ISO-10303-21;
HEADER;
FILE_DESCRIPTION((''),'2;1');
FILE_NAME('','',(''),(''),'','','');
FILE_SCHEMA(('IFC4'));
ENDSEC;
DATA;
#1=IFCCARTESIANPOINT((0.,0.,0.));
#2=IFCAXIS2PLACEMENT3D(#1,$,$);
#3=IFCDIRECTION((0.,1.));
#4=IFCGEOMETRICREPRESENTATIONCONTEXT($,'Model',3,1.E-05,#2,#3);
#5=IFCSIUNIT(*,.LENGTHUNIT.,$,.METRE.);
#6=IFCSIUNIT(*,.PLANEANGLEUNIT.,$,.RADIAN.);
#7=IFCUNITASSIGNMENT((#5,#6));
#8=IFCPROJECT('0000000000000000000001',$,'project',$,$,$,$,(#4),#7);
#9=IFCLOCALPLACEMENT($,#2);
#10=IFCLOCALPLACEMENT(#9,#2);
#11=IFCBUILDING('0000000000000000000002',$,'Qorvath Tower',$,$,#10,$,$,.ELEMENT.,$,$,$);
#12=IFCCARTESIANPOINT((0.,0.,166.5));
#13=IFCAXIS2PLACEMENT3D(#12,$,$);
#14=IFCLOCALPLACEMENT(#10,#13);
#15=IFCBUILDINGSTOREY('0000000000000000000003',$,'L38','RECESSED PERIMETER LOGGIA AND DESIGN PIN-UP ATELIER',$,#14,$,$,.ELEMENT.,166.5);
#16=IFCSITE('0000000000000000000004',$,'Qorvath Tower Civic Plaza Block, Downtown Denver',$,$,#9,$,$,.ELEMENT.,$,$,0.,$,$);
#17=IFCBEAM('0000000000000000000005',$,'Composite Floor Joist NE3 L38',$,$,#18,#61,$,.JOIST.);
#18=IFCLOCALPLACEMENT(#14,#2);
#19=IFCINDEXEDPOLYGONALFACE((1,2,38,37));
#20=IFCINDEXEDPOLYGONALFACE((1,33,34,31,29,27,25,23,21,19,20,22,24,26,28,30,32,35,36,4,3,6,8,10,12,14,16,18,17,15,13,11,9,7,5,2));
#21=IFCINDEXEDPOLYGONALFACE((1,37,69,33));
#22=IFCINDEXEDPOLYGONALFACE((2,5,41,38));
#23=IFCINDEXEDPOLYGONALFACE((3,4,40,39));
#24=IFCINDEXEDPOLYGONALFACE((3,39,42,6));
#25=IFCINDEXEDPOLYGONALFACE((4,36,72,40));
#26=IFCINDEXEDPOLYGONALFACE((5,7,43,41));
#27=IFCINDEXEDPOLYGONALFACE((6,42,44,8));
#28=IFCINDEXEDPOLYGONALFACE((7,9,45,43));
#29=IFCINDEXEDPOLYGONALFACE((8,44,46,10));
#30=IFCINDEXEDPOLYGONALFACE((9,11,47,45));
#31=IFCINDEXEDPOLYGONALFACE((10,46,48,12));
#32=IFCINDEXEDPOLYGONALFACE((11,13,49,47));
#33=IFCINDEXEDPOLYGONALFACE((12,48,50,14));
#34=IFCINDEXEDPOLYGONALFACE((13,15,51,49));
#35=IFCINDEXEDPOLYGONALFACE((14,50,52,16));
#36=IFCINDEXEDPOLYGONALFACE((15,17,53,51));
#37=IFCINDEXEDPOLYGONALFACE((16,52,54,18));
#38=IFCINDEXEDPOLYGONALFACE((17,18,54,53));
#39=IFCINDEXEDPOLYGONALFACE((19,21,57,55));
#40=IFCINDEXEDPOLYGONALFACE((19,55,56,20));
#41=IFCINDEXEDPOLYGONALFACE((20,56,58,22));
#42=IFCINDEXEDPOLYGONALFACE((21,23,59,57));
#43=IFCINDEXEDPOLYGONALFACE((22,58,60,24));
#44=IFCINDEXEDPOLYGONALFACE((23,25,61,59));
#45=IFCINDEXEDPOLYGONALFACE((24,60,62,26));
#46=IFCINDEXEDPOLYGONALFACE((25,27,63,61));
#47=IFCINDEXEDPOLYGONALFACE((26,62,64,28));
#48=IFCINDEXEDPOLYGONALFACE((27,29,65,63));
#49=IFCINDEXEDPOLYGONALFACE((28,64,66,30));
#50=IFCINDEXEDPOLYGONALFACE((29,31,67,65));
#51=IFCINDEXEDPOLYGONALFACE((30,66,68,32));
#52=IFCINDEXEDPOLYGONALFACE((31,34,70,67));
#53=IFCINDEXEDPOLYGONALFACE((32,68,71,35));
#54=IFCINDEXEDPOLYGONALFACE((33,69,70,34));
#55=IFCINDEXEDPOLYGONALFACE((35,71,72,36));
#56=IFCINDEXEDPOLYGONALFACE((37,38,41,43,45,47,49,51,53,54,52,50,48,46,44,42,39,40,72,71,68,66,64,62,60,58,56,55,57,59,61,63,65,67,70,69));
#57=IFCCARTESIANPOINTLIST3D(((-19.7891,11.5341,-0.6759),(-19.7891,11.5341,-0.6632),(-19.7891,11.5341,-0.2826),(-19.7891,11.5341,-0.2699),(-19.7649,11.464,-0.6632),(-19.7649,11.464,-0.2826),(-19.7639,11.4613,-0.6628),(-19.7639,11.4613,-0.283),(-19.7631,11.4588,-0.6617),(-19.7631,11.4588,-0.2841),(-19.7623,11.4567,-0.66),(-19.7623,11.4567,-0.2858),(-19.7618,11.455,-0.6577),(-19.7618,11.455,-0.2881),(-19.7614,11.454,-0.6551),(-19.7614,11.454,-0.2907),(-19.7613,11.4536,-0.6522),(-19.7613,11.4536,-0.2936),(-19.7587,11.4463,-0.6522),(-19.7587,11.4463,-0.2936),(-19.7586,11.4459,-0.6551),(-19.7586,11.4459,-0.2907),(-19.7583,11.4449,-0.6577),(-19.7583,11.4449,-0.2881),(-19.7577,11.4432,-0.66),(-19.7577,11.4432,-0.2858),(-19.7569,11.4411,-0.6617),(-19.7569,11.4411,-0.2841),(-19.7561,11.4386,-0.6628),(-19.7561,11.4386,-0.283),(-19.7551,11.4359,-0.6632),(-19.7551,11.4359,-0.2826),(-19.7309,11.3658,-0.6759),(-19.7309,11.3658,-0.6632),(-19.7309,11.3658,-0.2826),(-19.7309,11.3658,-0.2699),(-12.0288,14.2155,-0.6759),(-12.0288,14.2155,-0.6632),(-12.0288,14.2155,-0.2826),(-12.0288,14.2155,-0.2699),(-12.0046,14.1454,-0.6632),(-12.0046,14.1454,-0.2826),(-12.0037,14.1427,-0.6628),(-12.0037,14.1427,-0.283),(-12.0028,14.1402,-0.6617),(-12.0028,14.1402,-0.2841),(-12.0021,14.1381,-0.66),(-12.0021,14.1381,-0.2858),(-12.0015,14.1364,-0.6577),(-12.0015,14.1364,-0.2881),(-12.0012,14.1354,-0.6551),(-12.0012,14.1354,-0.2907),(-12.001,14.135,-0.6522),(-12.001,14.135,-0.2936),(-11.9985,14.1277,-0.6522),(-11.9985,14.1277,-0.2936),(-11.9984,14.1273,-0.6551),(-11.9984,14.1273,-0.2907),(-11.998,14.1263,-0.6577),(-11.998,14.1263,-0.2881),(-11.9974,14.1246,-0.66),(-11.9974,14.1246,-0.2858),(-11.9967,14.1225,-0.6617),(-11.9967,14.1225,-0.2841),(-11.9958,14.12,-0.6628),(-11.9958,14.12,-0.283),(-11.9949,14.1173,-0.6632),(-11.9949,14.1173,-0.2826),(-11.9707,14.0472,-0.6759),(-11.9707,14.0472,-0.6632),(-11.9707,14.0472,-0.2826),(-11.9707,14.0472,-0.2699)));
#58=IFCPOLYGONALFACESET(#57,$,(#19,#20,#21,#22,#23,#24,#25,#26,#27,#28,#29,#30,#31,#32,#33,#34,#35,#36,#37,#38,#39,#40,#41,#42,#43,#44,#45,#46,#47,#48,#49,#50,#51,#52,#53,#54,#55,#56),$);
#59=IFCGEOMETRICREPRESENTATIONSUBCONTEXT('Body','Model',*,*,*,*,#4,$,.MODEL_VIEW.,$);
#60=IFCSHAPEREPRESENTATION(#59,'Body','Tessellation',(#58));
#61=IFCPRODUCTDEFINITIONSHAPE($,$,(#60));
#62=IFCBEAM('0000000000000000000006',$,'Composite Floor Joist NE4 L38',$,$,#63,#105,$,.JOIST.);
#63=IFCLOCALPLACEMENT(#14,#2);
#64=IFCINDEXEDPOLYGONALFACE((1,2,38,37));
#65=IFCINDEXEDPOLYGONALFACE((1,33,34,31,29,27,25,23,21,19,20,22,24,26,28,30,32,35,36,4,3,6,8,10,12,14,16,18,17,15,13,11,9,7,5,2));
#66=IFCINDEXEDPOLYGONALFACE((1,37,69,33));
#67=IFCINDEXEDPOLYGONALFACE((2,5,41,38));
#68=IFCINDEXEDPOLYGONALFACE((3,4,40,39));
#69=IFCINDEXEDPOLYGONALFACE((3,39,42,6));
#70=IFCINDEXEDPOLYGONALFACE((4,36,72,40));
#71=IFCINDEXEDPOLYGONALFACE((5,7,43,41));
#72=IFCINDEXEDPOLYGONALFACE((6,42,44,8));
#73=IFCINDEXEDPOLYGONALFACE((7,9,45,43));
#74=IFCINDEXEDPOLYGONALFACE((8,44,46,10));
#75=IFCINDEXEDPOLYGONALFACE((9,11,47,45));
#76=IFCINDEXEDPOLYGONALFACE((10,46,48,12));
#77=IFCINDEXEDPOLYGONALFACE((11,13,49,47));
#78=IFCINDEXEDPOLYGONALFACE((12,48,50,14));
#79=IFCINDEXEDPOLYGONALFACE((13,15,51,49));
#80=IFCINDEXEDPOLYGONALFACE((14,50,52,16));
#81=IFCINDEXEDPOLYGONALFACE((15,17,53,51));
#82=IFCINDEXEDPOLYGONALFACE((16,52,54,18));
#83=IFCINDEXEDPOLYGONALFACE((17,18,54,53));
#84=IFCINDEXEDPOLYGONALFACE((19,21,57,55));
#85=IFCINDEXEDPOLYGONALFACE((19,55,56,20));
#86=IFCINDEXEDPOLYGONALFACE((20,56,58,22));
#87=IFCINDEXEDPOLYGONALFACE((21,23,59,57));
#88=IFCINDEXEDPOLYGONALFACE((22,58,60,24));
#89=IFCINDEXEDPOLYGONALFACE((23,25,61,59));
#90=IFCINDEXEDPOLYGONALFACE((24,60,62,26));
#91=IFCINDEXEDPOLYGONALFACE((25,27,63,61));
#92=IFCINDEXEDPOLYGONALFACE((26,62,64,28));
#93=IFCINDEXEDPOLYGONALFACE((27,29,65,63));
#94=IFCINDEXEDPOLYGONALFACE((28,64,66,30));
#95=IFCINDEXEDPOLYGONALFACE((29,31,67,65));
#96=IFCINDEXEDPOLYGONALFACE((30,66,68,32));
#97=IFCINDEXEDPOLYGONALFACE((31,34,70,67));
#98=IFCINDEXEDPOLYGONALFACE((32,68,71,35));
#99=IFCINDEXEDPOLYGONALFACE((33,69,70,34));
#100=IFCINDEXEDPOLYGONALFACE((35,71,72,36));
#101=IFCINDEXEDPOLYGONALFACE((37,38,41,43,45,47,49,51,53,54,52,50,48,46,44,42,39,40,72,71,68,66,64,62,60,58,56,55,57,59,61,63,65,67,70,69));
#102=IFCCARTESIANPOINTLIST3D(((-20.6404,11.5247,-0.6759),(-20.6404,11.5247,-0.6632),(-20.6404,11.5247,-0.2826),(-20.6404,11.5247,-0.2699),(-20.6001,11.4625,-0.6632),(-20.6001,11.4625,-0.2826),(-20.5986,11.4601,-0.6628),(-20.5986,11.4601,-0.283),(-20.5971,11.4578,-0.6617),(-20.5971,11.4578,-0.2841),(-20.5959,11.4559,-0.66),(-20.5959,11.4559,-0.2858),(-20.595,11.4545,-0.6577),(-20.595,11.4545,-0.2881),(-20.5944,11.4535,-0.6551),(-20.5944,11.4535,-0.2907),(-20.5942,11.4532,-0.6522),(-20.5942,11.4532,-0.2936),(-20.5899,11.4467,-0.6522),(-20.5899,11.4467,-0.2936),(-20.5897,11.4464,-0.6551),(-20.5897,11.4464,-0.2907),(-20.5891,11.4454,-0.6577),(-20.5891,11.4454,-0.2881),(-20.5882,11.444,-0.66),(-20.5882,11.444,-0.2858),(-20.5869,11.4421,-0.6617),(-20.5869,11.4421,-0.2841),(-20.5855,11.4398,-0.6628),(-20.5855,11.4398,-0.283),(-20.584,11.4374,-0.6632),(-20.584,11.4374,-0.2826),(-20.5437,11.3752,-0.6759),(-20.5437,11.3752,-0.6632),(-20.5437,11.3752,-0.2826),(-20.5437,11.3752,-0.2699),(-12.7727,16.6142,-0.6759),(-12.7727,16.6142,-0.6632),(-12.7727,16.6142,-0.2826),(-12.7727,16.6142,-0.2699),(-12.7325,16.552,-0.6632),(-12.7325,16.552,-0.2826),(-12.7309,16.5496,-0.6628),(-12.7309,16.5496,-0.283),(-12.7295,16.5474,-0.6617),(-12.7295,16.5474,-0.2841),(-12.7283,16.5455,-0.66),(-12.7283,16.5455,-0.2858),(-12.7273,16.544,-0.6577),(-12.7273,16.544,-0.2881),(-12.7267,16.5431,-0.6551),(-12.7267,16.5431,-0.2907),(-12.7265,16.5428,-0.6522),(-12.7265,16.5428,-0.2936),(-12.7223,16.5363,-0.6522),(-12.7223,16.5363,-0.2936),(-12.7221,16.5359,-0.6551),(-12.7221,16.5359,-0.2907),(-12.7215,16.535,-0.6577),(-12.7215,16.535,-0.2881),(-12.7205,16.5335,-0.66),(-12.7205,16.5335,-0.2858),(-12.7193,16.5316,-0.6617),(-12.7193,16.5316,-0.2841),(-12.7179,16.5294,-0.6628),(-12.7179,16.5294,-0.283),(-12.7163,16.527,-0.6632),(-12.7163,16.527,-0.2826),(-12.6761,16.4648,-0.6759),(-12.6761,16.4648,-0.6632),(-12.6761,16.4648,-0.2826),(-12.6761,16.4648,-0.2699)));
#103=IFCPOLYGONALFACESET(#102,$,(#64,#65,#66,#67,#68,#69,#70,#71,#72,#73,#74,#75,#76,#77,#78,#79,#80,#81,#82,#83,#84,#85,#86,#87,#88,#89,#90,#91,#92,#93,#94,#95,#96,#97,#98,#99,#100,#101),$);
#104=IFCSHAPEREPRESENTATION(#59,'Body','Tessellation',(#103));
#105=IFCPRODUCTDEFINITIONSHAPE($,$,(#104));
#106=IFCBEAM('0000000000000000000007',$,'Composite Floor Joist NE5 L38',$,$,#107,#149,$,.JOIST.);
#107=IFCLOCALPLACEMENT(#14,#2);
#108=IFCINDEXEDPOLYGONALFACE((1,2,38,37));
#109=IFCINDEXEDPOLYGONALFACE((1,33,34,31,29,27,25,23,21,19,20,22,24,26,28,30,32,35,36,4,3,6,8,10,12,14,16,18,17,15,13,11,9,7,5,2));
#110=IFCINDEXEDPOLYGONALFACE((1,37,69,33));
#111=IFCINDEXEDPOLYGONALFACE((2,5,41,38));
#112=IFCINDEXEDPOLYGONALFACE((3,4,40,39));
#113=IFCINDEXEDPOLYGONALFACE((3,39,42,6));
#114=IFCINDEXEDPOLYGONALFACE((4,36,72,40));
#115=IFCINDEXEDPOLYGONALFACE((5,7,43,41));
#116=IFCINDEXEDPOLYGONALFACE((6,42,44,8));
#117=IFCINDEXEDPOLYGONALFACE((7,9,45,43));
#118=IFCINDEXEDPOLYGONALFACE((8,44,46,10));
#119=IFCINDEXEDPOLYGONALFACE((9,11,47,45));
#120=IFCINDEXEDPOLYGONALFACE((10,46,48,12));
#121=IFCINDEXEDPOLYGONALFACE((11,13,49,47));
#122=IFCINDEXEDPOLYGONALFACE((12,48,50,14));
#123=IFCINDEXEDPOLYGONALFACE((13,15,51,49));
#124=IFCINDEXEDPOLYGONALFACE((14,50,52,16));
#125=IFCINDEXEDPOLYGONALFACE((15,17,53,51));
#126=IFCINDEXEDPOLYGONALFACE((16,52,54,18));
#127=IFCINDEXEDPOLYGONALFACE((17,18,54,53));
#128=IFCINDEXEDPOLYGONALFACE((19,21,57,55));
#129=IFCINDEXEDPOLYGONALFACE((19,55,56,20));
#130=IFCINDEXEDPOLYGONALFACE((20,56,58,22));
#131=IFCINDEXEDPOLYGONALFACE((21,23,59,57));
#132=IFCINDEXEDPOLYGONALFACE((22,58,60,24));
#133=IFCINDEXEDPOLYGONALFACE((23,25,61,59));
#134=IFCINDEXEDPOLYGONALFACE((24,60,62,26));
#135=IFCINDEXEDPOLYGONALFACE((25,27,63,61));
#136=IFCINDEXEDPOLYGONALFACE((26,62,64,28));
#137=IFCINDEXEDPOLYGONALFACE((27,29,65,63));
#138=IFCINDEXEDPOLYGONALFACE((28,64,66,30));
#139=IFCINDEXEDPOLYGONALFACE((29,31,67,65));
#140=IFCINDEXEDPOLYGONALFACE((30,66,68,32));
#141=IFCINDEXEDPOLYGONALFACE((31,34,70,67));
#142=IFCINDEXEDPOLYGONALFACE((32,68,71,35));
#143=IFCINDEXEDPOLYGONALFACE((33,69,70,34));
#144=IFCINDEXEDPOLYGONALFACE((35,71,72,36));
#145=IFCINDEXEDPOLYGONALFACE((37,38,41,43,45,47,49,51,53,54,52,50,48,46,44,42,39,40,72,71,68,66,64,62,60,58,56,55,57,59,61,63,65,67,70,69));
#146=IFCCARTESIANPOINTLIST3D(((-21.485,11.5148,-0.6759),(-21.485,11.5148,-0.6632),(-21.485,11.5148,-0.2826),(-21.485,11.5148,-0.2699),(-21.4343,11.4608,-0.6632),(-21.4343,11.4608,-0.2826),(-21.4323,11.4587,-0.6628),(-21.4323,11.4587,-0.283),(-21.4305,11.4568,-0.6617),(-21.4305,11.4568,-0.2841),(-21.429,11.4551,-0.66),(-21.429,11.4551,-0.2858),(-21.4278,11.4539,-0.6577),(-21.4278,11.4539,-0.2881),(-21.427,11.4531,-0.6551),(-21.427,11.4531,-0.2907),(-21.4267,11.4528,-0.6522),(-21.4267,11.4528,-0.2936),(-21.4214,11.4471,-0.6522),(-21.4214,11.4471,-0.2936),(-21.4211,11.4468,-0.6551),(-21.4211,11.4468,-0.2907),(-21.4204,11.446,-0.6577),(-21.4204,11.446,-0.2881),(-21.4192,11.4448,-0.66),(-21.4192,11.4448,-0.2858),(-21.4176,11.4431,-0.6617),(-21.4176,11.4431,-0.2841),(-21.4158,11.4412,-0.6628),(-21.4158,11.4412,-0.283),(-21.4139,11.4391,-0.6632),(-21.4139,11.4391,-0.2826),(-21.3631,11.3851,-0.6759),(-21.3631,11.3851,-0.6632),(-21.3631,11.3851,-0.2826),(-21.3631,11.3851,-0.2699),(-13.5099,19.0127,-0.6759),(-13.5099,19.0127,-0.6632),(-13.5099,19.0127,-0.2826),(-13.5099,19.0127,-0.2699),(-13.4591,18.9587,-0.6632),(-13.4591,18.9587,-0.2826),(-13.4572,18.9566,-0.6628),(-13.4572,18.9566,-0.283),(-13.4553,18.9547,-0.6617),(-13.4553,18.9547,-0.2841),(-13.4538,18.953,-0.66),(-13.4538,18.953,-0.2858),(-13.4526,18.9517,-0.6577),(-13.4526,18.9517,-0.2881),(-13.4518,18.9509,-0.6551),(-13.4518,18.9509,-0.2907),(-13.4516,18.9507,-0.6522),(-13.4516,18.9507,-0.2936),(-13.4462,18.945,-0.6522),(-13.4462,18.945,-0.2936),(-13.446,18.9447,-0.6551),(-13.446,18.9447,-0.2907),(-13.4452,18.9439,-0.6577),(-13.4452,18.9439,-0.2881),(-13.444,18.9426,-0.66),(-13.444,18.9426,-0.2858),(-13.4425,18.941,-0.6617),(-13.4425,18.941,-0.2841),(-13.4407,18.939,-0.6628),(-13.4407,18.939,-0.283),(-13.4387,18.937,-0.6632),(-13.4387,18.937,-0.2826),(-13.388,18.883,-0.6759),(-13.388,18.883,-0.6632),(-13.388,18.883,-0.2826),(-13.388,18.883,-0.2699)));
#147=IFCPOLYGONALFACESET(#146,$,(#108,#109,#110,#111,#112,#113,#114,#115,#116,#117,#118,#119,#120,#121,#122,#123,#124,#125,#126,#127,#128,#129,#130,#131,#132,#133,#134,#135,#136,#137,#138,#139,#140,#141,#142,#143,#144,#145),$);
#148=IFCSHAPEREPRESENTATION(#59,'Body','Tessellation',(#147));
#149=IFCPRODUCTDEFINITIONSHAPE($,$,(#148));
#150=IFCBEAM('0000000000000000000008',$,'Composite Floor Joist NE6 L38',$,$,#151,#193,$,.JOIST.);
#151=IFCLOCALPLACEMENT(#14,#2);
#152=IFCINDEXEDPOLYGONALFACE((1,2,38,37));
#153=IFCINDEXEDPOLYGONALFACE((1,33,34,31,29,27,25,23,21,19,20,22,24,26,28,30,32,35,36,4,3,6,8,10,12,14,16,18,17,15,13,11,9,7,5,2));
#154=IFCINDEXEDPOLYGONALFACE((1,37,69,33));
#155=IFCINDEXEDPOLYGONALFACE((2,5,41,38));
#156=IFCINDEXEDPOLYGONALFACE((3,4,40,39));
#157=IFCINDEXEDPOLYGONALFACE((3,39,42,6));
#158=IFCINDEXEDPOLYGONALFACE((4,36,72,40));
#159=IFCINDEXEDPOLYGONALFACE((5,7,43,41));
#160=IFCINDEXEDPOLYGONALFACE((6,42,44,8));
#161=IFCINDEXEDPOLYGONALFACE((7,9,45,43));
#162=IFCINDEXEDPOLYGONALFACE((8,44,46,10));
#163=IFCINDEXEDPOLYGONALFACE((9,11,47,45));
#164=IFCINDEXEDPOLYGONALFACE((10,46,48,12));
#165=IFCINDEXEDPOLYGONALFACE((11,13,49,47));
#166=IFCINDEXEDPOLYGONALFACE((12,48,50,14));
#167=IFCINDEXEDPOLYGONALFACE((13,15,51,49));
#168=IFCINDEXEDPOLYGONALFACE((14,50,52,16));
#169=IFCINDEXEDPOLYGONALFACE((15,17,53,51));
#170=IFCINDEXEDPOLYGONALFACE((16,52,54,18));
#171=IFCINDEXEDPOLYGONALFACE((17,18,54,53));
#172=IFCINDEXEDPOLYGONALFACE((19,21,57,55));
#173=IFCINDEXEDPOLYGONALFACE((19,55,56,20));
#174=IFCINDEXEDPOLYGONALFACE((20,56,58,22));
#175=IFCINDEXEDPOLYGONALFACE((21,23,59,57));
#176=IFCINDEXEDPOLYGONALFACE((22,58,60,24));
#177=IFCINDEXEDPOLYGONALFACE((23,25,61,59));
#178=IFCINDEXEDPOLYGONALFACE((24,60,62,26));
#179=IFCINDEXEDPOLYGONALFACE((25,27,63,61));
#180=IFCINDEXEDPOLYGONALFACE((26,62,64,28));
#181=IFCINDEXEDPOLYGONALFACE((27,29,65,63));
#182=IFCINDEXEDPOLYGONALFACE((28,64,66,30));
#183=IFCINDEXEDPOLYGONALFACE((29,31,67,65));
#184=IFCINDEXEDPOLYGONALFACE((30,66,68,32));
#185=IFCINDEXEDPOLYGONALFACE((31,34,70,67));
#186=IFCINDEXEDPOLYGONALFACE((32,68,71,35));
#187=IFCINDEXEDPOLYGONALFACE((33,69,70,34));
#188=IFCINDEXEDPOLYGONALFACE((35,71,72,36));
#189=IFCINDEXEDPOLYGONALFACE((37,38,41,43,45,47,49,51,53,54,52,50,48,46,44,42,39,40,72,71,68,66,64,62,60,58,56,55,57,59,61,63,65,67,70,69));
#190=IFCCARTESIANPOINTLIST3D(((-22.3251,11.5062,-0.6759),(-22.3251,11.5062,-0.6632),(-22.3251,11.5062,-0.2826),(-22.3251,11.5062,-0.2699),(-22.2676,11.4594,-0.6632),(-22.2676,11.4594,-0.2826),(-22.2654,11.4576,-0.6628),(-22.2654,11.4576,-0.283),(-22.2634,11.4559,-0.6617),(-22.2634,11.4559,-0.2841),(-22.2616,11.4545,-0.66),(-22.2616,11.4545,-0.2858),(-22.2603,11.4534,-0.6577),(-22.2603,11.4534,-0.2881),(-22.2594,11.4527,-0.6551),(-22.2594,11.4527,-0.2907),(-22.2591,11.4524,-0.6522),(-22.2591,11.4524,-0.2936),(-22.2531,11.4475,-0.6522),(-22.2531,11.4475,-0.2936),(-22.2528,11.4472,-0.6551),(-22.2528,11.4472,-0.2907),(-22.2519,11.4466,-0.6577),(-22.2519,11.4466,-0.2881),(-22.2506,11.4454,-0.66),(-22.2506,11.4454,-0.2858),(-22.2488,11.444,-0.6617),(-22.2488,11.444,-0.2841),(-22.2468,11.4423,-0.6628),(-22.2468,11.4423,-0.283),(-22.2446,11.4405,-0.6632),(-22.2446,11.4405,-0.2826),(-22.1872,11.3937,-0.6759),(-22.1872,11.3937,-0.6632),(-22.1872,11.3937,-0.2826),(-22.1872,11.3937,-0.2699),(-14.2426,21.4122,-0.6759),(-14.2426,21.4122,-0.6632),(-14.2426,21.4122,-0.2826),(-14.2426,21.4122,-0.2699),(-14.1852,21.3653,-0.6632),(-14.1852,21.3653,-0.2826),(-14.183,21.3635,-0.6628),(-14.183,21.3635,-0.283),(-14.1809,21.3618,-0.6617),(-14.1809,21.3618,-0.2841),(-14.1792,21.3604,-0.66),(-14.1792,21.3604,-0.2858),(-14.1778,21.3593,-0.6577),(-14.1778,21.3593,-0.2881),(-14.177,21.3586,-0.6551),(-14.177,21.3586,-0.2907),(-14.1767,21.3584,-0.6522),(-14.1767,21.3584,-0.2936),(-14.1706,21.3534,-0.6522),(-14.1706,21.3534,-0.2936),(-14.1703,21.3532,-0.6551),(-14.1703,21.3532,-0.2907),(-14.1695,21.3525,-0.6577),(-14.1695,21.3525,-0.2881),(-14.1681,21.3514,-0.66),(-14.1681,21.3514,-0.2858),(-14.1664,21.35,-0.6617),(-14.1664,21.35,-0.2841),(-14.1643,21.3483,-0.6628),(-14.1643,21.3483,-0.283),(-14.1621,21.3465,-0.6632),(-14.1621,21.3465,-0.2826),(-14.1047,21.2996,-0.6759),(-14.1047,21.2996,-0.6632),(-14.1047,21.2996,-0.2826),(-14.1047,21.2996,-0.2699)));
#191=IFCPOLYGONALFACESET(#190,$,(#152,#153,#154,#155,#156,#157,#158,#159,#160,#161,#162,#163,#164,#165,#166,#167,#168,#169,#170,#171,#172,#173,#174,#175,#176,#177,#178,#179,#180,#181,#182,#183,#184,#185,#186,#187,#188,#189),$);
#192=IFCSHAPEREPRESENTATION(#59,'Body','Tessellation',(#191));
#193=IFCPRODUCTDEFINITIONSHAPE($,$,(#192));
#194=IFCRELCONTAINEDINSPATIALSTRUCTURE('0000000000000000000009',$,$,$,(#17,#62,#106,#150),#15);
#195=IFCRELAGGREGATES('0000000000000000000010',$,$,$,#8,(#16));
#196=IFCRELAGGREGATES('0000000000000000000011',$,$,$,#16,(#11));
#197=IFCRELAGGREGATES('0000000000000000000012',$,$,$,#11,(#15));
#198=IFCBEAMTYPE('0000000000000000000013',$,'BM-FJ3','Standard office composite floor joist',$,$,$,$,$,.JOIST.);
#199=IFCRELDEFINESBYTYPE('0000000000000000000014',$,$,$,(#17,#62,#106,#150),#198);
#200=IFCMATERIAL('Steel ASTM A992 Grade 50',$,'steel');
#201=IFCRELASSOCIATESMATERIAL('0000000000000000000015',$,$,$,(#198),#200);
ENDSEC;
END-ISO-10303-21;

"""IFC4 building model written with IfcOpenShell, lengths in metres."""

from ifc_helpers import new_model, si_unit, direction, frame, origin, origin_2d, place, context, subcontext, project, spatial, i_section, extrude, material, material_profile, profile_set, type_object, element, save


model = new_model("IFC4")

# Units and contexts
model_context = context("Model", 3, precision=1e-05, world=origin(), true_north=direction((0.0, 1.0)))
body_context = subcontext(model_context, "Body", "Model", "MODEL_VIEW")
ifc_project = project(units=[si_unit("LENGTHUNIT", "METRE"), si_unit("PLANEANGLEUNIT", "RADIAN")], contexts=[model_context])

# Site, building, storey
site_placement = place(None, origin())
site = spatial("IfcSite", under=ifc_project, at=site_placement, Name="Qorvath Tower Civic Plaza Block, Downtown Denver", CompositionType="ELEMENT", RefElevation=0.0)
building_placement = place(site_placement, origin())
building = spatial("IfcBuilding", under=site, at=building_placement, Name="Qorvath Tower", CompositionType="ELEMENT")
storey_placement = place(building_placement, frame((0.0, 0.0, 166.5)))
storey = spatial("IfcBuildingStorey", under=building, at=storey_placement, Name="L38", Description="RECESSED PERIMETER LOGGIA AND DESIGN PIN-UP ATELIER", CompositionType="ELEMENT", Elevation=166.5)

# Beams
ifc_material_1 = material(Name="Steel ASTM A992 Grade 50", Category="steel")
ifc_material_profile_1 = material_profile(ifc_material_1, i_section(OverallWidth=0.178, OverallDepth=0.406, WebThickness=0.0078, FlangeThickness=0.0127, FilletRadius=0.011, at=origin_2d()), Name="W16x40")
ifc_profile_set_1 = profile_set([ifc_material_profile_1], Name="Steel ASTM A992 Grade 50")
beam_type_1 = type_object("IfcBeamType", Name="BM-FJ3", Description="Standard office composite floor joist", PredefinedType="JOIST", material=ifc_profile_set_1)
beam_1_placement = place(storey_placement, frame((-19.76, 11.45, -0.4729), z_axis=(0.945168, 0.326584, 0.0), x_axis=(-0.326584, 0.945168, 0.0)))
element("IfcBeam", 1, at=beam_1_placement, inside=storey, type_object=beam_type_1, Name="Composite Floor Joist NE3 L38", PredefinedType="JOIST", context=body_context, shape_type="SweptSolid", body=[
    extrude(i_section(OverallWidth=0.178, OverallDepth=0.406, WebThickness=0.0078, FlangeThickness=0.0127, FilletRadius=0.011, at=origin_2d()), origin(), (0.0, 0.0, 1.0), 8.2104),
])
beam_2_placement = place(storey_placement, frame((-20.592, 11.45, -0.4729), z_axis=(0.839631, 0.543157, 0.0), x_axis=(-0.543157, 0.839631, 0.0)))
element("IfcBeam", 2, at=beam_2_placement, inside=storey, type_object=beam_type_1, Name="Composite Floor Joist NE4 L38", PredefinedType="JOIST", context=body_context, shape_type="SweptSolid", body=[
    extrude(i_section(OverallWidth=0.178, OverallDepth=0.406, WebThickness=0.0078, FlangeThickness=0.0127, FilletRadius=0.011, at=origin_2d()), origin(), (0.0, 0.0, 1.0), 9.3704),
])
beam_3_placement = place(storey_placement, frame((-21.4241, 11.45, -0.4729), z_axis=(0.728572, 0.684969, 0.0), x_axis=(-0.684969, 0.728572, 0.0)))
element("IfcBeam", 3, at=beam_3_placement, inside=storey, type_object=beam_type_1, Name="Composite Floor Joist NE5 L38", PredefinedType="JOIST", context=body_context, shape_type="SweptSolid", body=[
    extrude(i_section(OverallWidth=0.178, OverallDepth=0.406, WebThickness=0.0078, FlangeThickness=0.0127, FilletRadius=0.011, at=origin_2d()), origin(), (0.0, 0.0, 1.0), 10.9463),
])
beam_4_placement = place(storey_placement, frame((-22.2561, 11.45, -0.4729), z_axis=(0.632188, 0.774815, 0.0), x_axis=(-0.774815, 0.632188, 0.0)))
element("IfcBeam", 4, at=beam_4_placement, inside=storey, type_object=beam_type_1, Name="Composite Floor Joist NE6 L38", PredefinedType="JOIST", context=body_context, shape_type="SweptSolid", body=[
    extrude(i_section(OverallWidth=0.178, OverallDepth=0.406, WebThickness=0.0078, FlangeThickness=0.0127, FilletRadius=0.011, at=origin_2d()), origin(), (0.0, 0.0, 1.0), 12.7849),
])

save(model, "model.ifc")
